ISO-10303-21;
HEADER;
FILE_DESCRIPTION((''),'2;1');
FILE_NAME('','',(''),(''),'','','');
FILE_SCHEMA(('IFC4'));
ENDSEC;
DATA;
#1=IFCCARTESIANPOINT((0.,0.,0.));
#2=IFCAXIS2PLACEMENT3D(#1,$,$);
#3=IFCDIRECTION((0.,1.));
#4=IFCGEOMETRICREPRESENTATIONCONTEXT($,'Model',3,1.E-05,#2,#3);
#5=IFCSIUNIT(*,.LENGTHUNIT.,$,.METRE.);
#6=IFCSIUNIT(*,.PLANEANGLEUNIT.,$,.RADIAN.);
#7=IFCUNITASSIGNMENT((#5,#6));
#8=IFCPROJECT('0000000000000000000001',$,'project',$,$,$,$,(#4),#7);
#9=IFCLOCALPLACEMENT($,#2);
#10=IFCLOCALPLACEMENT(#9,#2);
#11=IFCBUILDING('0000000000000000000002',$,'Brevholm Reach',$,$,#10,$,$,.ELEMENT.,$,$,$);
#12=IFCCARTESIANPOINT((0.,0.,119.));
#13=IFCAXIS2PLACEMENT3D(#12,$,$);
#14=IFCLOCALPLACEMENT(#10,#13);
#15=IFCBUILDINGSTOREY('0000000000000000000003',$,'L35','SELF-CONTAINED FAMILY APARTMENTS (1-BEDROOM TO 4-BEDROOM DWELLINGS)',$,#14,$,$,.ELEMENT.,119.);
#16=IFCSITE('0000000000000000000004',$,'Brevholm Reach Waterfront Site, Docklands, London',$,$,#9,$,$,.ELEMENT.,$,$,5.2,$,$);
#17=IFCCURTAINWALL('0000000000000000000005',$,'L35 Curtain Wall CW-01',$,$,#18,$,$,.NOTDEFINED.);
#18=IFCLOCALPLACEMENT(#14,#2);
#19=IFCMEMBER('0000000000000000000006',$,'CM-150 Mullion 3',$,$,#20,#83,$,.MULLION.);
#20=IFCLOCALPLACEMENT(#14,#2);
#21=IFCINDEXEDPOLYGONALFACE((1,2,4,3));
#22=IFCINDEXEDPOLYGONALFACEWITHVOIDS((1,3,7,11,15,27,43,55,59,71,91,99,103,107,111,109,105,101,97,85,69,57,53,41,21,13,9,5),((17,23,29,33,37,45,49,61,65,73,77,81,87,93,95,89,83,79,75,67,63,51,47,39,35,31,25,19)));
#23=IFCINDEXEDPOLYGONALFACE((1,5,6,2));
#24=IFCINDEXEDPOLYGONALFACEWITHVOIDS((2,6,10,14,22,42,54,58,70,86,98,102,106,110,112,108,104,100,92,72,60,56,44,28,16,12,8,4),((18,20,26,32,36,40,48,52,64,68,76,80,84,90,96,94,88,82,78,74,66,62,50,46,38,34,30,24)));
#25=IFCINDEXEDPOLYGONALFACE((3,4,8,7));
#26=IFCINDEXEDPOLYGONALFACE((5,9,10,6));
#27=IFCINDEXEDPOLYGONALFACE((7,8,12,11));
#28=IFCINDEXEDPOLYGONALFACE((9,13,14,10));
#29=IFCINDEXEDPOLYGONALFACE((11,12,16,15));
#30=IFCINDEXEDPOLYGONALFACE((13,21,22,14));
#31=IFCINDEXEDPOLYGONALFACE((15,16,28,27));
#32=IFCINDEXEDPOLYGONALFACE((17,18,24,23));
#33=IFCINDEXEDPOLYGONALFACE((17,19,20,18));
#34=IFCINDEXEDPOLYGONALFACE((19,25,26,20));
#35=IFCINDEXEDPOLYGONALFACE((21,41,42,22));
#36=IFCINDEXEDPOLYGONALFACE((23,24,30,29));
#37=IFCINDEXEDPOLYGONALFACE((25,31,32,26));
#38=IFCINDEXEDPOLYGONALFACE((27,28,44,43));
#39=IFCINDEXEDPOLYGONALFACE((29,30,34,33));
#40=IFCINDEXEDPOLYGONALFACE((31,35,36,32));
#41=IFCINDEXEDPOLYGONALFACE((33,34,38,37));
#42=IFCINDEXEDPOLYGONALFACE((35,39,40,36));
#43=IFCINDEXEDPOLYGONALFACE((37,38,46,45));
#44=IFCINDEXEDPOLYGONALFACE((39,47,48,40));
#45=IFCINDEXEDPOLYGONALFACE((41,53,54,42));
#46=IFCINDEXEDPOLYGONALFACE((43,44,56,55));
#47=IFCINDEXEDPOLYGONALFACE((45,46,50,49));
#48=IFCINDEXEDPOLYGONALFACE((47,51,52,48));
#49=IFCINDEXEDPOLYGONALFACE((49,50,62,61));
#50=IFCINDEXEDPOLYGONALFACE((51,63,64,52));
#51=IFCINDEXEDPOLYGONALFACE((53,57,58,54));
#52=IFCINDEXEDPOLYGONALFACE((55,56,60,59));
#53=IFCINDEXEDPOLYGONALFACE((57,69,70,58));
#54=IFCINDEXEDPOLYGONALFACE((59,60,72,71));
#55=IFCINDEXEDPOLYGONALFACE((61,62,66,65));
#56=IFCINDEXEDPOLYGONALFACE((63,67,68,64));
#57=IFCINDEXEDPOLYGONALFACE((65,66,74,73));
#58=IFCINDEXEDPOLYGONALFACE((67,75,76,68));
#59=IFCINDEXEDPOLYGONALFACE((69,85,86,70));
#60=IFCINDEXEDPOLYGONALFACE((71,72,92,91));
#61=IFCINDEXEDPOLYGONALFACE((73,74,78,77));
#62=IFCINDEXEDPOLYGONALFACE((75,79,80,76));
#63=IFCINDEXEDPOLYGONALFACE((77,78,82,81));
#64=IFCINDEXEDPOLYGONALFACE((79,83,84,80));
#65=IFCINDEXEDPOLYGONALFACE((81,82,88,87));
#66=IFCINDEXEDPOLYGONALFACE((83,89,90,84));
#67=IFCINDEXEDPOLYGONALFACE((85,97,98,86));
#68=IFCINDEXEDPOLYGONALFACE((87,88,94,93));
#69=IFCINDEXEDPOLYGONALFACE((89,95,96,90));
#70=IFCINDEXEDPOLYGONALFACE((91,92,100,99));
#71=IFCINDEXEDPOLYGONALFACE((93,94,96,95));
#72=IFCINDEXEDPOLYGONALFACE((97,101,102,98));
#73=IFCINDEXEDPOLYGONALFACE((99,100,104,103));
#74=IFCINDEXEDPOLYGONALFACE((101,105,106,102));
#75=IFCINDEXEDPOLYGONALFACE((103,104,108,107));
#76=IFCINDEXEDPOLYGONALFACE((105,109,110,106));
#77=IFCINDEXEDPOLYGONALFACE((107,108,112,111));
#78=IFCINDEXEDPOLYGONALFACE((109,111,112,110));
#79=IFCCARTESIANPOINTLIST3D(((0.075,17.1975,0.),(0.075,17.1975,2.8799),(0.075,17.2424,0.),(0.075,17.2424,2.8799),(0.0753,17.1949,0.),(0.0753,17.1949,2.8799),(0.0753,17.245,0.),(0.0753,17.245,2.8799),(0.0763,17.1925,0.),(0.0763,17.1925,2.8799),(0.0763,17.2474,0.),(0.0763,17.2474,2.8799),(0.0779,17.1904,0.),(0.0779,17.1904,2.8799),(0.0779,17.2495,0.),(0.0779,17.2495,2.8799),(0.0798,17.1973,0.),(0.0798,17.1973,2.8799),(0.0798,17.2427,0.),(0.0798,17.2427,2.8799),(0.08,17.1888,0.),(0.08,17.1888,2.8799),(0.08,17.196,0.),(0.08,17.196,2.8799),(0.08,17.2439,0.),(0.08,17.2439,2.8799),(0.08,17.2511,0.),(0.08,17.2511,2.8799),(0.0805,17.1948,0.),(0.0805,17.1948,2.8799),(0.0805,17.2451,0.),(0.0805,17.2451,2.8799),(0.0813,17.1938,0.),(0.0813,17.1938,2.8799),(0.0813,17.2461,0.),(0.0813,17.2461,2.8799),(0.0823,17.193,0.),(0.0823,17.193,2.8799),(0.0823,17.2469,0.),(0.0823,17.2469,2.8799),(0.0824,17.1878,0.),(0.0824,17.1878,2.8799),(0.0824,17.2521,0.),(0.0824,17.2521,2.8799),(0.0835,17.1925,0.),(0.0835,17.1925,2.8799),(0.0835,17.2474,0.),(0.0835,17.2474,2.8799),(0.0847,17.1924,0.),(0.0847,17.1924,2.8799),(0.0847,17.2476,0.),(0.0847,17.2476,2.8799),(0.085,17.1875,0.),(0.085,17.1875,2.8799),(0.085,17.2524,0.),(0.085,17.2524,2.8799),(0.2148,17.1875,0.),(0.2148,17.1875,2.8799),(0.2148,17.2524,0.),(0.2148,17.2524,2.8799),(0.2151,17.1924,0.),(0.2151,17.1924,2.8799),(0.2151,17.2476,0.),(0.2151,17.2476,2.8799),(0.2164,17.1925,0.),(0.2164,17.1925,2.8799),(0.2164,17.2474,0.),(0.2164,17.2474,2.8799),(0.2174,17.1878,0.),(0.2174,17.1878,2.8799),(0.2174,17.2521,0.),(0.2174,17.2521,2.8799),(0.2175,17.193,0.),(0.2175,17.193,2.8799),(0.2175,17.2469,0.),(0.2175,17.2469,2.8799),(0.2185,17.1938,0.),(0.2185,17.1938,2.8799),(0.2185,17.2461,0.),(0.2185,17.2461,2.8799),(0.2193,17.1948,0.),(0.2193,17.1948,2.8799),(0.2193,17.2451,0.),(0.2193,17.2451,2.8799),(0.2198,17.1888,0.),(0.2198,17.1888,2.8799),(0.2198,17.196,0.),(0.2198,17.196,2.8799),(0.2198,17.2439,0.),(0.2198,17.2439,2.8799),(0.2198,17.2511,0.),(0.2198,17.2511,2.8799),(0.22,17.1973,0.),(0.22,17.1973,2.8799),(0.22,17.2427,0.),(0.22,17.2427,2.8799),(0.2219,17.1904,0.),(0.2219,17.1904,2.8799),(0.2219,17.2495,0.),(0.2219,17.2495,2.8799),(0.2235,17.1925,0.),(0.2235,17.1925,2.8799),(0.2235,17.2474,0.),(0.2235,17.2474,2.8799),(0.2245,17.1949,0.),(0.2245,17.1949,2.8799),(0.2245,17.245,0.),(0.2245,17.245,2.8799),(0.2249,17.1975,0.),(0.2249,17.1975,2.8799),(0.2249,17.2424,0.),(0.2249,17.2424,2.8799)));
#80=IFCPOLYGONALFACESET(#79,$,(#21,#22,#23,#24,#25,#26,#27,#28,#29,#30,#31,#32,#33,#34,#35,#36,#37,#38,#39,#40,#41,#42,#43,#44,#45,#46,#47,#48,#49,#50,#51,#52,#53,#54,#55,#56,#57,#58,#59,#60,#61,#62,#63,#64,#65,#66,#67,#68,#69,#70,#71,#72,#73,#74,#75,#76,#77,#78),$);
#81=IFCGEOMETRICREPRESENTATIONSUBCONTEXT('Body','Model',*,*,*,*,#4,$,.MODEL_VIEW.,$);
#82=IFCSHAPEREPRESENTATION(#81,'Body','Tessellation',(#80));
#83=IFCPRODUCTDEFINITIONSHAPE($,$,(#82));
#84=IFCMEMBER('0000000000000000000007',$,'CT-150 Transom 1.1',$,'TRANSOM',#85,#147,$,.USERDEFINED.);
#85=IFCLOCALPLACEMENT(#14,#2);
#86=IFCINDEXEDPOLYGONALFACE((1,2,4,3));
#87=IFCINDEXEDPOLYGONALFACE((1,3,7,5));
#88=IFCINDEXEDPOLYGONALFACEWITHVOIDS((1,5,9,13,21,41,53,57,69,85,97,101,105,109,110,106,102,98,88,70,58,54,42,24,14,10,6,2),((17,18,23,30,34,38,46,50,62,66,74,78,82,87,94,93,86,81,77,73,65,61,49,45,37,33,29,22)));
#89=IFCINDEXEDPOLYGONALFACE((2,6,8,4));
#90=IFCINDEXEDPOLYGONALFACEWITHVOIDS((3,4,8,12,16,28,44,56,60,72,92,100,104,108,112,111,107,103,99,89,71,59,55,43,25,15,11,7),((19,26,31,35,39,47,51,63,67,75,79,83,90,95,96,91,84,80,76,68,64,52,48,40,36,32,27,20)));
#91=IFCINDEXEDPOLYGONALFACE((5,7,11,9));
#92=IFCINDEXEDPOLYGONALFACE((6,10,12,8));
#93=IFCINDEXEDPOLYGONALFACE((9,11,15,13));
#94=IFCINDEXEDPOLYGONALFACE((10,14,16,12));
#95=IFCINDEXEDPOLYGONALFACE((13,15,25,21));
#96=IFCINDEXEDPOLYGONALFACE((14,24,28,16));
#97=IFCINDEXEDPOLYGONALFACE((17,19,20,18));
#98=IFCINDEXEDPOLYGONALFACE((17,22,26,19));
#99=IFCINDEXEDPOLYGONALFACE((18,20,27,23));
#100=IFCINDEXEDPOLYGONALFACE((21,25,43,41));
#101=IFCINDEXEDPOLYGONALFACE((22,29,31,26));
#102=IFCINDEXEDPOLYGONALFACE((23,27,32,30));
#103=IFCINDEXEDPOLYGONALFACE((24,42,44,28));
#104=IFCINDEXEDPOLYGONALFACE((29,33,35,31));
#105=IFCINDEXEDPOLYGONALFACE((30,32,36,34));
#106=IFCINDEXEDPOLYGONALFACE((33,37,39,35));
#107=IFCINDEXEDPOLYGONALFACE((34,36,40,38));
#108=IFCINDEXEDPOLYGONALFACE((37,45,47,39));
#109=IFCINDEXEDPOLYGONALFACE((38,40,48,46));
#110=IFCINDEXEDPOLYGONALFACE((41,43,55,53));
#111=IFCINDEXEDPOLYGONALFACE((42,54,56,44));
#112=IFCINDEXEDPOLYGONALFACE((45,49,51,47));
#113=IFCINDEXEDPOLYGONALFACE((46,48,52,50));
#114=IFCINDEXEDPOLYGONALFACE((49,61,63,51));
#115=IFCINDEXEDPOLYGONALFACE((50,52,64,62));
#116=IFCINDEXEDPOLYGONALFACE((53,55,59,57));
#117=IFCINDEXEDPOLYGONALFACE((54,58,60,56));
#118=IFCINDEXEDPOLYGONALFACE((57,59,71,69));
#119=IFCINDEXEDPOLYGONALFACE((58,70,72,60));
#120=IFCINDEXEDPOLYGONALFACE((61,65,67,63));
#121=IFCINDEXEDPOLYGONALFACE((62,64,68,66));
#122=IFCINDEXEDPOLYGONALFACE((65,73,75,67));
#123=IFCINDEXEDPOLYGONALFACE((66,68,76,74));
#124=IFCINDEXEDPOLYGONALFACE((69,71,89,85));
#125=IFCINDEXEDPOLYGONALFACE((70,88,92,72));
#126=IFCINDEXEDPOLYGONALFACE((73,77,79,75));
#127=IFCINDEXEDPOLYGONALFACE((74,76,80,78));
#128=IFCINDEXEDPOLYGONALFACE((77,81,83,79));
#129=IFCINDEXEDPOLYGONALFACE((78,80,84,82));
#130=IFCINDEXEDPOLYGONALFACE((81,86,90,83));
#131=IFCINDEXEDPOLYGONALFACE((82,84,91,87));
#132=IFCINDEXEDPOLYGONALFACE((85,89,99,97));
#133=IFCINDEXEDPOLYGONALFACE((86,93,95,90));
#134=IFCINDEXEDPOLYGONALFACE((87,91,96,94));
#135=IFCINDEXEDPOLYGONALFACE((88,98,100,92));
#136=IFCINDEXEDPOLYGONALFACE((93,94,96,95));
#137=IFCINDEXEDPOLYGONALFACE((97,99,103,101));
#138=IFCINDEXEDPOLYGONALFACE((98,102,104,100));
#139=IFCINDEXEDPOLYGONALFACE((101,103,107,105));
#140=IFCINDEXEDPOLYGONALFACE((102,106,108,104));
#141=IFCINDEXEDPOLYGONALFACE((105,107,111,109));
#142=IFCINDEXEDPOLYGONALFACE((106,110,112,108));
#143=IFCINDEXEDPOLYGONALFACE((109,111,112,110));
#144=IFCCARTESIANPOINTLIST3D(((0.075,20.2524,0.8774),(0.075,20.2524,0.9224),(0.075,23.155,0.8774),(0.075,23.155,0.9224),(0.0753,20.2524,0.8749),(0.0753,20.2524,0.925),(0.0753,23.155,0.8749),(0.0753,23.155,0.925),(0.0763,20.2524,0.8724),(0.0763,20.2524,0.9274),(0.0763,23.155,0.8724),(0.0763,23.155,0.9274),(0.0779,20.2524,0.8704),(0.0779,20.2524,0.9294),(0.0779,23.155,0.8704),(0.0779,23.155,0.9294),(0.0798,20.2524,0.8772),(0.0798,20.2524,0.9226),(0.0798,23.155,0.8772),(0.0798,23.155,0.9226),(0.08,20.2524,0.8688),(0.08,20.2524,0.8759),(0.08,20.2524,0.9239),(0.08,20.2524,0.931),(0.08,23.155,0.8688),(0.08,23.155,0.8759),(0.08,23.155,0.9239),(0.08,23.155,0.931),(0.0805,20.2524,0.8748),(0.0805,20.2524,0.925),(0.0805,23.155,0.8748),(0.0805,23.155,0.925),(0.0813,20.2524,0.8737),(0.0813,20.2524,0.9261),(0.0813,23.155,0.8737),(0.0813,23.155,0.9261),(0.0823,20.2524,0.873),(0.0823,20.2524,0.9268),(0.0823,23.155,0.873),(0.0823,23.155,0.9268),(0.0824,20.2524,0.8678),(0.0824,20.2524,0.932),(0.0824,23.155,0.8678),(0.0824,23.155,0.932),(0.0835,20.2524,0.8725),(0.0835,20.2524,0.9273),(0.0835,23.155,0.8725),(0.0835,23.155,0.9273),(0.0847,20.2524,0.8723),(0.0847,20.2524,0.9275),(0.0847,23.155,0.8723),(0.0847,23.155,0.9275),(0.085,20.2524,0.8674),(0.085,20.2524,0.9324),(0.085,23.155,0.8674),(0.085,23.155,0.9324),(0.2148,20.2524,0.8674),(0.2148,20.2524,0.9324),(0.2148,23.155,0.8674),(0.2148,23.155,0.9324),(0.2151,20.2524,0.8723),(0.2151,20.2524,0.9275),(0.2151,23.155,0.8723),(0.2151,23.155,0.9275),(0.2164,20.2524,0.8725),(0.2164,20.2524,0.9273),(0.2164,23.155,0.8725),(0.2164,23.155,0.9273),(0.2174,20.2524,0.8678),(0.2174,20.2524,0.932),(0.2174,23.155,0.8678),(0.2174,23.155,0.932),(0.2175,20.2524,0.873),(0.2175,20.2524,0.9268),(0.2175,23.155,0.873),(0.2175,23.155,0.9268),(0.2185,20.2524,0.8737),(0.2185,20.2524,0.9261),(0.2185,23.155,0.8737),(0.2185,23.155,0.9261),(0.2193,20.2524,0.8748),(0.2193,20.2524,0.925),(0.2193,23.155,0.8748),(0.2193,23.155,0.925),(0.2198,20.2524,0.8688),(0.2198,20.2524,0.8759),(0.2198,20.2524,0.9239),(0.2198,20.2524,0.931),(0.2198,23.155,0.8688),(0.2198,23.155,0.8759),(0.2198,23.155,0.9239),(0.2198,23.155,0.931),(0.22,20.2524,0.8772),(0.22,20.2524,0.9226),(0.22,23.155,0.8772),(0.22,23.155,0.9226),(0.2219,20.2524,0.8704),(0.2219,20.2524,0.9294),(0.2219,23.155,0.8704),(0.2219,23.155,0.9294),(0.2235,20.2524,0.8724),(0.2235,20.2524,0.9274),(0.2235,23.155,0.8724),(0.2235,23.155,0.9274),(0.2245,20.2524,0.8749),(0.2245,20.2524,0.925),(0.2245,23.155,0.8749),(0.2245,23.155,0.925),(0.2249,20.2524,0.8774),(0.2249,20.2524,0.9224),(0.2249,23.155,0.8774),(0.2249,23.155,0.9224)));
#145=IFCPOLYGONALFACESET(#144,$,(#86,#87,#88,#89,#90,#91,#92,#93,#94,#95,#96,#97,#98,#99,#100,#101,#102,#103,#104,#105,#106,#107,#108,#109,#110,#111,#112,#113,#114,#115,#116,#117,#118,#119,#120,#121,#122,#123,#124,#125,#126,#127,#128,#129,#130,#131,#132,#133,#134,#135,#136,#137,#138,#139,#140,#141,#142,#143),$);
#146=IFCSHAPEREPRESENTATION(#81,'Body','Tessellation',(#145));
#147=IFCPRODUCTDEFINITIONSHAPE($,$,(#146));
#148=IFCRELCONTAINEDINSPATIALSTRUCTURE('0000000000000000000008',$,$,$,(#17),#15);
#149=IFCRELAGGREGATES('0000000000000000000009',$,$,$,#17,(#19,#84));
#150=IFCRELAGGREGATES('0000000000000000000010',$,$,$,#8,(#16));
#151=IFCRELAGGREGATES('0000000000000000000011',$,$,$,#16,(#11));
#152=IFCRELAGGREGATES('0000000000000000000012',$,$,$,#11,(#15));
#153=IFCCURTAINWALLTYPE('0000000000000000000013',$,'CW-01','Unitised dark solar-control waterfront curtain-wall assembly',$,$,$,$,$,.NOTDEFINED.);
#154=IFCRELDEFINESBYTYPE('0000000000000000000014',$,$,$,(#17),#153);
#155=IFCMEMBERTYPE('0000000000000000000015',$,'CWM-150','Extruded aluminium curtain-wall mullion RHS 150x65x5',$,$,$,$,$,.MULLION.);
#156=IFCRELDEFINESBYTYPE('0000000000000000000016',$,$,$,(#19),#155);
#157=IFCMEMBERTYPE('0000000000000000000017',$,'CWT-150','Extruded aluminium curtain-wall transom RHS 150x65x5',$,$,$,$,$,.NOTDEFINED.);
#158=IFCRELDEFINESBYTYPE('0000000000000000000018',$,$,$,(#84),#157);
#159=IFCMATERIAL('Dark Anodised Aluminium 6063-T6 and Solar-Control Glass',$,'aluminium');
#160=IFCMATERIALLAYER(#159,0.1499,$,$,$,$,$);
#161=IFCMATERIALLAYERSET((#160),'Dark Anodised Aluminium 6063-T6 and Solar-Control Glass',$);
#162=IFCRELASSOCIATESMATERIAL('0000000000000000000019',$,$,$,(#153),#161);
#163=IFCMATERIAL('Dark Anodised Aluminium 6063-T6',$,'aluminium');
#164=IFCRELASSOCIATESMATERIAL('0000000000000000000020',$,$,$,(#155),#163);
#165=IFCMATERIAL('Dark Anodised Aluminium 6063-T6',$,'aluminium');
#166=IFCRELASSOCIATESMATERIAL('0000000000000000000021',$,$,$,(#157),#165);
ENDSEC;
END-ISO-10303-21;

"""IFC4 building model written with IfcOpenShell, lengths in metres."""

from ifc_helpers import new_model, si_unit, direction, frame, origin, origin_2d, place, context, subcontext, project, spatial, hollow_rectangle, extrude, material, layer, layer_set, material_profile, profile_set, type_object, element, aggregate, save


model = new_model("IFC4")

# Units and contexts
model_context = context("Model", 3, precision=1e-05, world=origin(), true_north=direction((0.0, 1.0)))
body_context = subcontext(model_context, "Body", "Model", "MODEL_VIEW")
ifc_project = project(units=[si_unit("LENGTHUNIT", "METRE"), si_unit("PLANEANGLEUNIT", "RADIAN")], contexts=[model_context])

# Site, building, storey
site_placement = place(None, origin())
site = spatial("IfcSite", under=ifc_project, at=site_placement, Name="Brevholm Reach Waterfront Site, Docklands, London", CompositionType="ELEMENT", RefElevation=5.2)
building_placement = place(site_placement, origin())
building = spatial("IfcBuilding", under=site, at=building_placement, Name="Brevholm Reach", CompositionType="ELEMENT")
storey_placement = place(building_placement, frame((0.0, 0.0, 119.0)))
storey = spatial("IfcBuildingStorey", under=building, at=storey_placement, Name="L35", Description="SELF-CONTAINED FAMILY APARTMENTS (1-BEDROOM TO 4-BEDROOM DWELLINGS)", CompositionType="ELEMENT", Elevation=119.0)

# Curtain wall, members
ifc_material_1 = material(Name="Dark Anodised Aluminium 6063-T6 and Solar-Control Glass", Category="aluminium")
ifc_layer_1 = layer(ifc_material_1, 0.1499)
ifc_layer_set_1 = layer_set([ifc_layer_1], Name="Dark Anodised Aluminium 6063-T6 and Solar-Control Glass")
curtain_wall_type = type_object("IfcCurtainWallType", Name="CW-01", Description="Unitised dark solar-control waterfront curtain-wall assembly", PredefinedType="NOTDEFINED", material=ifc_layer_set_1)
curtain_wall_placement = place(storey_placement, origin())
curtain_wall = element("IfcCurtainWall", 1, at=curtain_wall_placement, inside=storey, type_object=curtain_wall_type, Name="L35 Curtain Wall CW-01", PredefinedType="NOTDEFINED")
ifc_material_2 = material(Name="Dark Anodised Aluminium 6063-T6", Category="aluminium")
ifc_material_profile_1 = material_profile(ifc_material_2, hollow_rectangle(XDim=0.0649, YDim=0.1499, WallThickness=0.0049, InnerFilletRadius=0.0049, OuterFilletRadius=0.01, at=origin_2d()), Name="RHS 150x65x5")
ifc_profile_set_1 = profile_set([ifc_material_profile_1], Name="Dark Anodised Aluminium 6063-T6")
member_type_1 = type_object("IfcMemberType", Name="CWM-150", Description="Extruded aluminium curtain-wall mullion RHS 150x65x5", PredefinedType="MULLION", material=ifc_profile_set_1)
member_1_placement = place(storey_placement, frame((0.1499, 17.22, 0.0), z_axis=(0.0, 0.0, 1.0), x_axis=(0.0, -1.0, 0.0)))
member_1 = element("IfcMember", 2, at=member_1_placement, type_object=member_type_1, Name="CM-150 Mullion 3", PredefinedType="MULLION", context=body_context, shape_type="SweptSolid", body=[
    extrude(hollow_rectangle(XDim=0.0649, YDim=0.1499, WallThickness=0.0049, InnerFilletRadius=0.0049, OuterFilletRadius=0.01, at=origin_2d()), origin(), (0.0, 0.0, 1.0), 2.8799),
])
ifc_material_3 = material(Name="Dark Anodised Aluminium 6063-T6", Category="aluminium")
ifc_material_profile_2 = material_profile(ifc_material_3, hollow_rectangle(XDim=0.0649, YDim=0.1499, WallThickness=0.0049, InnerFilletRadius=0.0049, OuterFilletRadius=0.01, at=origin_2d()), Name="RHS 150x65x5")
ifc_profile_set_2 = profile_set([ifc_material_profile_2], Name="Dark Anodised Aluminium 6063-T6")
member_type_2 = type_object("IfcMemberType", Name="CWT-150", Description="Extruded aluminium curtain-wall transom RHS 150x65x5", PredefinedType="NOTDEFINED", material=ifc_profile_set_2)
member_2_placement = place(storey_placement, frame((0.1499, 23.155, 0.8999), z_axis=(0.0, -1.0, 0.0), x_axis=(0.0, 0.0, 1.0)))
member_2 = element("IfcMember", 3, at=member_2_placement, type_object=member_type_2, Name="CT-150 Transom 1.1", ObjectType="TRANSOM", PredefinedType="USERDEFINED", context=body_context, shape_type="SweptSolid", body=[
    extrude(hollow_rectangle(XDim=0.0649, YDim=0.1499, WallThickness=0.0049, InnerFilletRadius=0.0049, OuterFilletRadius=0.01, at=origin_2d()), origin(), (0.0, 0.0, 1.0), 2.9026),
])
aggregate(curtain_wall, [member_1, member_2])

save(model, "model.ifc")
